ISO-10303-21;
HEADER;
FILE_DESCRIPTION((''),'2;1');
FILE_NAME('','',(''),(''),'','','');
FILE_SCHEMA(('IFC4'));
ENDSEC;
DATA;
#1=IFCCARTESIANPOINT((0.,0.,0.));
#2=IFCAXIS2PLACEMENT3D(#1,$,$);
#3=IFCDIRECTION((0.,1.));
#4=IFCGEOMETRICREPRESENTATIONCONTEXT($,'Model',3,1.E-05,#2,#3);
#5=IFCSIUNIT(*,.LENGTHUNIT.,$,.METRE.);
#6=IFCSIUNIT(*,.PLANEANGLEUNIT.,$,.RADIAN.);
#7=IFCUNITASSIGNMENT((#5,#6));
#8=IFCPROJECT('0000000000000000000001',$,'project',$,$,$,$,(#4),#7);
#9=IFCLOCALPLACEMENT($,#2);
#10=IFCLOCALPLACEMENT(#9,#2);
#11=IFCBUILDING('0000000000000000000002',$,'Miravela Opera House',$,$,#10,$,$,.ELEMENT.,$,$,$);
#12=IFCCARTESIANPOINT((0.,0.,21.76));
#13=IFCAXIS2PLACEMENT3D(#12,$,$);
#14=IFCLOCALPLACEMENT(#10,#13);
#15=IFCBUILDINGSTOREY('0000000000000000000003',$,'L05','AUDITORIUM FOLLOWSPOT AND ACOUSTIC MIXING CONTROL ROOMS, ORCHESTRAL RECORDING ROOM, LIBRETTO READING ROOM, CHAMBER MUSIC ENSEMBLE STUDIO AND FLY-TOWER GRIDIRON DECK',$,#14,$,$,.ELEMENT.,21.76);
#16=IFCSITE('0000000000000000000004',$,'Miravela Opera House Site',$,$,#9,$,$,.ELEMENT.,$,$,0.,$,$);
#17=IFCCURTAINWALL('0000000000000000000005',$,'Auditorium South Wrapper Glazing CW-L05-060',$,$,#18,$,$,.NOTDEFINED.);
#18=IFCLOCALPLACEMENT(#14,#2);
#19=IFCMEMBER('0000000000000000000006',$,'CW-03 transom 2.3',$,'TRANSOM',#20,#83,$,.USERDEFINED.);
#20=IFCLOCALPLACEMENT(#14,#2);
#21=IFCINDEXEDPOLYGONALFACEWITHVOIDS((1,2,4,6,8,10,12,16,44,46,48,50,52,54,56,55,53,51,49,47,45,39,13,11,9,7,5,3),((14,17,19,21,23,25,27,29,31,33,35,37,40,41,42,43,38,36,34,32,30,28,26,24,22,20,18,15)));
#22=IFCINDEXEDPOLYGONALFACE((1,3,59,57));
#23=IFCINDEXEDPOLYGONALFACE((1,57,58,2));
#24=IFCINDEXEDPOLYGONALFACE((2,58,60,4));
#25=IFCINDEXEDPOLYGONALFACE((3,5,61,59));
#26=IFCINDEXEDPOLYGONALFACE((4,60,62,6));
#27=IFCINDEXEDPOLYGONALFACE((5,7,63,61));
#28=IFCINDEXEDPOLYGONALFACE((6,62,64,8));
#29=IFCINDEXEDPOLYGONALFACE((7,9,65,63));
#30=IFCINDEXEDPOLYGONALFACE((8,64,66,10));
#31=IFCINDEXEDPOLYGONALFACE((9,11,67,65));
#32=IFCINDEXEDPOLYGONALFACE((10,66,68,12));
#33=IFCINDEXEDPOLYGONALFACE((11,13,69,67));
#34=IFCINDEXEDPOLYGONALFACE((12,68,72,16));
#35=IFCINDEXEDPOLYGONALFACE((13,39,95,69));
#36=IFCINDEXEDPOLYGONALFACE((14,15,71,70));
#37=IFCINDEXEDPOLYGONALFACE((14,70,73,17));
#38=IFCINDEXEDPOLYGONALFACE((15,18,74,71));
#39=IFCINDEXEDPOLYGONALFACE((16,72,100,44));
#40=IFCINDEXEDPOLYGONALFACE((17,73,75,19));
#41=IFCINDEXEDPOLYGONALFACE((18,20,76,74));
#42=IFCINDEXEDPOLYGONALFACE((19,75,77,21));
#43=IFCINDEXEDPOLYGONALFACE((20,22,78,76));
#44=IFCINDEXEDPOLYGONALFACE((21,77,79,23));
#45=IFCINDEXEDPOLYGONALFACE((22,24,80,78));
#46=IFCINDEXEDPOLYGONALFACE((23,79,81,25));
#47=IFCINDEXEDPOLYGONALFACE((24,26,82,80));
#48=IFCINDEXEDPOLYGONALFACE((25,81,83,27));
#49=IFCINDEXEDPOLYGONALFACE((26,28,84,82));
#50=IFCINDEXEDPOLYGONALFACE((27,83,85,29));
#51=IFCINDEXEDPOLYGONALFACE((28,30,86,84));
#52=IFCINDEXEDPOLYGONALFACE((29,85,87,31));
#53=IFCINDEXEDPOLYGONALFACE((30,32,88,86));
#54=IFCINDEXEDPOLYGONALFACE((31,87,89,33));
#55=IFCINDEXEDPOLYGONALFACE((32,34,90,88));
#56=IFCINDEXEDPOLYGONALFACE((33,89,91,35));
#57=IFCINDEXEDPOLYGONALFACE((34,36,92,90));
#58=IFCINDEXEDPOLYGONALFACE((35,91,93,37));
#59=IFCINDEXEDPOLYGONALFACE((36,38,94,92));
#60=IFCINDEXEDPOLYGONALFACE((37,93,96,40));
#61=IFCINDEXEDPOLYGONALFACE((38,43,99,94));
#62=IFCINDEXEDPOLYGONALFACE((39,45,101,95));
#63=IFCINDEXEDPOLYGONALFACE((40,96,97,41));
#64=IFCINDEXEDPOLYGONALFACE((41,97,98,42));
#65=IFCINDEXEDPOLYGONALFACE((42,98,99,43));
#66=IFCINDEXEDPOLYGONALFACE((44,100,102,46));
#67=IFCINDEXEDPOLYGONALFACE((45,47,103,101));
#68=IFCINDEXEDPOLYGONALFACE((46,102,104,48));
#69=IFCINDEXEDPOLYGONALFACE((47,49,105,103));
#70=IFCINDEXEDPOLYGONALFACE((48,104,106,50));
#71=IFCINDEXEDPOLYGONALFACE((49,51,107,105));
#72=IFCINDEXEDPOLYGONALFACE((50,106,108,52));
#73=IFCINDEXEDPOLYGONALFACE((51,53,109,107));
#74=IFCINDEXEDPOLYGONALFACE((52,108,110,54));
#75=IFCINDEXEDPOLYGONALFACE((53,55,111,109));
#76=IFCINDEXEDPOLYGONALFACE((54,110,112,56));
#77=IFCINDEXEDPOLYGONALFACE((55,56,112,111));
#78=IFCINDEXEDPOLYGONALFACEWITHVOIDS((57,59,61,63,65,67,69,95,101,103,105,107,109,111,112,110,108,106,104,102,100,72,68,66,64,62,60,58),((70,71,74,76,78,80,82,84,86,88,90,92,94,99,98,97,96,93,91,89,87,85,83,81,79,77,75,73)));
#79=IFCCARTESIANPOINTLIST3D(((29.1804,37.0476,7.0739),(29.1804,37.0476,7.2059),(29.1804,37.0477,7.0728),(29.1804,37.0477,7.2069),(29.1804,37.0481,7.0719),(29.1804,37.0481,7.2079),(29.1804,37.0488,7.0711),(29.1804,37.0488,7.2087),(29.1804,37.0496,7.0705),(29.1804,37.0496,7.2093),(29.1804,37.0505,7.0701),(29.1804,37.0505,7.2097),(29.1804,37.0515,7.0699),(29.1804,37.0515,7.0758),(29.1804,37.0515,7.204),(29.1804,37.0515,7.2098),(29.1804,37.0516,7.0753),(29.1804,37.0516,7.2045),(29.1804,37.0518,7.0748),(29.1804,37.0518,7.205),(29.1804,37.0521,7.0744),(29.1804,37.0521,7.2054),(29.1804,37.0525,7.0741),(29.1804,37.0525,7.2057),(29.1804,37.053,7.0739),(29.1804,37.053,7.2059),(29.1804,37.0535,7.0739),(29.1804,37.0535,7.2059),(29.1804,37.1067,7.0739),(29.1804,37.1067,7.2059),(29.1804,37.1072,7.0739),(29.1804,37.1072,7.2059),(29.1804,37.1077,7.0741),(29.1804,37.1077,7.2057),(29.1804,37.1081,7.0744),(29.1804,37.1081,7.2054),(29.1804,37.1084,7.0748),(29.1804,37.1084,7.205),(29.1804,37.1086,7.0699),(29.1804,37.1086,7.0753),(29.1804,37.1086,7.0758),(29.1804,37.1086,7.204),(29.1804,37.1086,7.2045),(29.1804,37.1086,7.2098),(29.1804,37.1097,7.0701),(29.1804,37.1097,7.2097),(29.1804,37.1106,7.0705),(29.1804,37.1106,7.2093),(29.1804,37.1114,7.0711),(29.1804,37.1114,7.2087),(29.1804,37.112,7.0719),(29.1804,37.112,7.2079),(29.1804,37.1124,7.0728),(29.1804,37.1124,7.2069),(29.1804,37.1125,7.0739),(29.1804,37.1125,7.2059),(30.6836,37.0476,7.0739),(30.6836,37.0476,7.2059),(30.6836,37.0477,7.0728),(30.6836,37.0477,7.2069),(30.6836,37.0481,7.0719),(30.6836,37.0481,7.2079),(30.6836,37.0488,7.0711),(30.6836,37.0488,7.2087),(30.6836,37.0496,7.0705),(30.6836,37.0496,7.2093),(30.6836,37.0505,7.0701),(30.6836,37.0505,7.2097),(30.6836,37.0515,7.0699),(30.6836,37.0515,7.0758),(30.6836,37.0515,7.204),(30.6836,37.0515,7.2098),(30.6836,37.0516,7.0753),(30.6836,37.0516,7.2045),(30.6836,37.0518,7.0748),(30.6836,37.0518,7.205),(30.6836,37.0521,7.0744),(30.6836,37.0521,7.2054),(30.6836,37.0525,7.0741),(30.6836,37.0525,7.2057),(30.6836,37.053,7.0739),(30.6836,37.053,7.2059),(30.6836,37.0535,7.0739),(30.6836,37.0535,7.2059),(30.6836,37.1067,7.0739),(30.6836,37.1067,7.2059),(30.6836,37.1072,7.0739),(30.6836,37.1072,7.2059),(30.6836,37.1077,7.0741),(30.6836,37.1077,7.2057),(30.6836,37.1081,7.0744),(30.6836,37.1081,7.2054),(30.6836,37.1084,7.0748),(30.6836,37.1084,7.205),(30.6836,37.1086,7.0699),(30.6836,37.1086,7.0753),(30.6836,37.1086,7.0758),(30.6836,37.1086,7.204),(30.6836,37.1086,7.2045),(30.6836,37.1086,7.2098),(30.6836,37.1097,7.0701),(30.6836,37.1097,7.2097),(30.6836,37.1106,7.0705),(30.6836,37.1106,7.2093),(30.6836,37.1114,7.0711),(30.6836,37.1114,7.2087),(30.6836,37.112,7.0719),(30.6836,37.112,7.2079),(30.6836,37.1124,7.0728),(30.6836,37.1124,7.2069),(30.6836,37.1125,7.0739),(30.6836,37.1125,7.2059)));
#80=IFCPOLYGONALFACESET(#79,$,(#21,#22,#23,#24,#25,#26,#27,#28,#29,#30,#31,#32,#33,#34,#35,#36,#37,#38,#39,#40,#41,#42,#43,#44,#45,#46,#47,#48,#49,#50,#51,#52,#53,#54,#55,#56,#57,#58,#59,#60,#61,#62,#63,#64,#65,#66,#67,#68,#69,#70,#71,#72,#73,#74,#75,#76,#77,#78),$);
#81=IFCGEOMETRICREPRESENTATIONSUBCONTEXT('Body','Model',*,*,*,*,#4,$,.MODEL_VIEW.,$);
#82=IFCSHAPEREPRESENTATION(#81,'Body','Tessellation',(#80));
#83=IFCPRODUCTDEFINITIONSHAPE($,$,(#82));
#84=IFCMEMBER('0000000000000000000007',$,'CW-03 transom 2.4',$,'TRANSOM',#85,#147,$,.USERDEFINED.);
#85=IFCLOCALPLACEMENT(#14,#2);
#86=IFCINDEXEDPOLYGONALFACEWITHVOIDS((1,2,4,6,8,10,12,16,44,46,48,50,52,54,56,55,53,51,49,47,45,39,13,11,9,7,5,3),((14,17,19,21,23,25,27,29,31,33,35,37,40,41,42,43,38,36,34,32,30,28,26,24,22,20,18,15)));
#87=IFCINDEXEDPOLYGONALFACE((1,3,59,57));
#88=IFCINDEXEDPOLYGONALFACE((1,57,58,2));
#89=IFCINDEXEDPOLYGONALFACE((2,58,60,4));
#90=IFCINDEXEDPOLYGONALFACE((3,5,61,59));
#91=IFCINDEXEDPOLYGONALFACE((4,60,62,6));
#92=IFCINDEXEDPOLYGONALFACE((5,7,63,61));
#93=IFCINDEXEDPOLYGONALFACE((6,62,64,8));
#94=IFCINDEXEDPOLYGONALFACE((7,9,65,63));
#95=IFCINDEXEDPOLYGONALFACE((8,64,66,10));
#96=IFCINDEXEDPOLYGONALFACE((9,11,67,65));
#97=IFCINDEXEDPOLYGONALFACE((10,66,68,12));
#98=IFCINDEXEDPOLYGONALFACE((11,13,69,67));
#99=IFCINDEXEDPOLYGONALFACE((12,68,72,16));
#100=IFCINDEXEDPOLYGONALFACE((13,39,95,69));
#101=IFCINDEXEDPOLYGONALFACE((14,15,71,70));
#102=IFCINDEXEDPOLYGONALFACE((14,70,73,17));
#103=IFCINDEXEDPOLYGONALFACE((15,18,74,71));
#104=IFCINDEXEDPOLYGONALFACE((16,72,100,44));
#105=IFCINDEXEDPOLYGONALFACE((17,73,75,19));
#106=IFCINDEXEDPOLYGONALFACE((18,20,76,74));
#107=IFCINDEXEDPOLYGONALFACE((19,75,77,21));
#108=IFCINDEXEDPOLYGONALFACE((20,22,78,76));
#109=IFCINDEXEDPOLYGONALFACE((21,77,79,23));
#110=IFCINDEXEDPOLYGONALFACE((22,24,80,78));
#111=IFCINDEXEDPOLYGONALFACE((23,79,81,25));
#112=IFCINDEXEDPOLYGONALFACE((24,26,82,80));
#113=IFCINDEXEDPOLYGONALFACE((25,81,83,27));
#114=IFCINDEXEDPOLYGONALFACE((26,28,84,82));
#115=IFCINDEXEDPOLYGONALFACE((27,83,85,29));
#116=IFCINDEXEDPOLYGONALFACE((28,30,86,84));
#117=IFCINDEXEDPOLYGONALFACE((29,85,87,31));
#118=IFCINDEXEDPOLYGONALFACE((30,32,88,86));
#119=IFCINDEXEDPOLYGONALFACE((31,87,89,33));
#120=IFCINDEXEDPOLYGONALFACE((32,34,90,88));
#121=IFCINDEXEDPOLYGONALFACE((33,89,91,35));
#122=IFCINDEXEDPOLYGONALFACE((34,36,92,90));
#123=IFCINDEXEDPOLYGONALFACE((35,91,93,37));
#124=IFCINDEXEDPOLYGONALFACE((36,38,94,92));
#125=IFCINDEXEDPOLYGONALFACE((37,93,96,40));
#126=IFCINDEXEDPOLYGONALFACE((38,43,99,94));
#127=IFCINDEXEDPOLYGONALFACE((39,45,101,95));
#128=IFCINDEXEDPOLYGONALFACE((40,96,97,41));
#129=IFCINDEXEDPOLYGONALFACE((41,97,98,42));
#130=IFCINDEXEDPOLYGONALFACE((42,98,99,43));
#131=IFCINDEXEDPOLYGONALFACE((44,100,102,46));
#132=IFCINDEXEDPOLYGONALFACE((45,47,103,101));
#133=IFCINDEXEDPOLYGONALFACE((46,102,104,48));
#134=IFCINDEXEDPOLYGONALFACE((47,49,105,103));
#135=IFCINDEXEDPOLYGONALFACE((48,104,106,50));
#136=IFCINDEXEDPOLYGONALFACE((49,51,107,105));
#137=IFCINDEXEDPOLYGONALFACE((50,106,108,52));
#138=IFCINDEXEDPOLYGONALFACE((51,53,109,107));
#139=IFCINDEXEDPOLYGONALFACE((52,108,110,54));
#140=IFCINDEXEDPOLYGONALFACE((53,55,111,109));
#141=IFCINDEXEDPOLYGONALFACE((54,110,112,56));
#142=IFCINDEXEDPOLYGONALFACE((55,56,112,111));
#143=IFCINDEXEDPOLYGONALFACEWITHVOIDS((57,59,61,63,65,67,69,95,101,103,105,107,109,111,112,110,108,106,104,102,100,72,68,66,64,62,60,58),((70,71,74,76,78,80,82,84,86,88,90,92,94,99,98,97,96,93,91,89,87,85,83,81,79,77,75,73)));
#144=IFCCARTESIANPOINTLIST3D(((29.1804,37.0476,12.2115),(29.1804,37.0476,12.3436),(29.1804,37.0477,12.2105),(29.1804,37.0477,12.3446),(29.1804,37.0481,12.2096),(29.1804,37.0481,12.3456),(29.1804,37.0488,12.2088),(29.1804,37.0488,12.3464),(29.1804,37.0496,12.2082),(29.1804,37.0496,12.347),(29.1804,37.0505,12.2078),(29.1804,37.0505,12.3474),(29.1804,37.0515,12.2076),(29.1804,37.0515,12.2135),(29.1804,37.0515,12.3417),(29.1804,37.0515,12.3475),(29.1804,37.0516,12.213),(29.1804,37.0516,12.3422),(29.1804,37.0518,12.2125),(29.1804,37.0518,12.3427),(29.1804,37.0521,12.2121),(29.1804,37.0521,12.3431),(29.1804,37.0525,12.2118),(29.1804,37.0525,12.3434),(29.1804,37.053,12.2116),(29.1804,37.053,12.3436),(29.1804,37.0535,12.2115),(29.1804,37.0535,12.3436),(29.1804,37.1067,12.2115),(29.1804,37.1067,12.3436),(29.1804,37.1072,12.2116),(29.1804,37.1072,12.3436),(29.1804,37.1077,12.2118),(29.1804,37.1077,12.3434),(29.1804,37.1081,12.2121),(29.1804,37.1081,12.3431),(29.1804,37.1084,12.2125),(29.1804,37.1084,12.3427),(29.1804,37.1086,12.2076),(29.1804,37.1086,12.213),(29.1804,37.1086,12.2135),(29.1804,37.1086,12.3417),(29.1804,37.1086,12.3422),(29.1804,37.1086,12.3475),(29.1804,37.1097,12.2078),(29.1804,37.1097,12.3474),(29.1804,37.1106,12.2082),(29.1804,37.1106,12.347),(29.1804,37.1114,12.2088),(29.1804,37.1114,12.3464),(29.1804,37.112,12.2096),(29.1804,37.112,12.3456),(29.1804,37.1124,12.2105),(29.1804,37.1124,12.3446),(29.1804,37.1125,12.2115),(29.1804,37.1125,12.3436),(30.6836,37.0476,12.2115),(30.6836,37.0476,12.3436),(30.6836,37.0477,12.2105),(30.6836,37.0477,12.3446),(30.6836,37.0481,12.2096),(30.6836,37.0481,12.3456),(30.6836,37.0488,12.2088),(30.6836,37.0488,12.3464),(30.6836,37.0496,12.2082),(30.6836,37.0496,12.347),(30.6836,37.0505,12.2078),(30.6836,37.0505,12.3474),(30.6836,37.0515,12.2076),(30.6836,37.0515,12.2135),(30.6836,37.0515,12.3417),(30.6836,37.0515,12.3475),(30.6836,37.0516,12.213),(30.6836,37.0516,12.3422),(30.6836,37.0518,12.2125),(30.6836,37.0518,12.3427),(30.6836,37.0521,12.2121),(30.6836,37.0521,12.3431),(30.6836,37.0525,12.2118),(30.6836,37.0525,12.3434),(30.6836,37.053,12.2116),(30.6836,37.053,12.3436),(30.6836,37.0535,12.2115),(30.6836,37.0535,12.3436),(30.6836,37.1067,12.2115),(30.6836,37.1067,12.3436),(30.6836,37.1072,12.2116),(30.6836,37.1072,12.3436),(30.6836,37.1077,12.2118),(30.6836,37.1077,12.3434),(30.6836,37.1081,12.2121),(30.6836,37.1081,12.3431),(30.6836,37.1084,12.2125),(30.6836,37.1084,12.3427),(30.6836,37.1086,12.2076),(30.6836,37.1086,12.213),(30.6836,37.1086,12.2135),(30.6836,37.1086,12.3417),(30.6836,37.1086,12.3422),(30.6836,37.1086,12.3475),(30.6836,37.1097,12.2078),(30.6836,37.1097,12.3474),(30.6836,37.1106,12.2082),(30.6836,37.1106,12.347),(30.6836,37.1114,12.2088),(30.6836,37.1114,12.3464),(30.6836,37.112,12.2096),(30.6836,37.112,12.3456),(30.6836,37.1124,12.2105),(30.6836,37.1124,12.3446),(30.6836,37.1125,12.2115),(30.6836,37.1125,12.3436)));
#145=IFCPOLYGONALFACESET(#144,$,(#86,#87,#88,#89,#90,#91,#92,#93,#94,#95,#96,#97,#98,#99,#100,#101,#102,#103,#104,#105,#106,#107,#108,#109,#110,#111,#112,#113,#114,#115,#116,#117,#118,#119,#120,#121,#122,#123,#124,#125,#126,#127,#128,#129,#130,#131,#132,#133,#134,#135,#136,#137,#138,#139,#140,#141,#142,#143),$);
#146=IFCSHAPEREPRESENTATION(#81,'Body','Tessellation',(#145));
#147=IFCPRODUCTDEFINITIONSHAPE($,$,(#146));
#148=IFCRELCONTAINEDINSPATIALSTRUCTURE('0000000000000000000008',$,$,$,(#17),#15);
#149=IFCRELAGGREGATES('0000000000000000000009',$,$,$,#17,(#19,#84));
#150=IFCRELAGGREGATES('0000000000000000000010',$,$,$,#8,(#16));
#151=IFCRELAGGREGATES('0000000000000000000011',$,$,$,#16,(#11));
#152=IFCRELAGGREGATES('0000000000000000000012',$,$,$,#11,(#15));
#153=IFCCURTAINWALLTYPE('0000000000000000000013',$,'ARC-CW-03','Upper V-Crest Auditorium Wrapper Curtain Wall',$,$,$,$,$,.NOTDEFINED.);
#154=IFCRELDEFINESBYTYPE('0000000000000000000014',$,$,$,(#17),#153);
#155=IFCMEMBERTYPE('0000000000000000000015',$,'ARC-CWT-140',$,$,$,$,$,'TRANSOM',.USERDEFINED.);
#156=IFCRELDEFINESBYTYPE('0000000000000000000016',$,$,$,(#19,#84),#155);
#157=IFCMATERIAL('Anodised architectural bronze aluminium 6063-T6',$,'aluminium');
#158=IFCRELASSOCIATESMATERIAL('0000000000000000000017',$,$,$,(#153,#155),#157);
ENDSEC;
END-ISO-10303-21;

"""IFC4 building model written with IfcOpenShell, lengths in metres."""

from ifc_helpers import new_model, si_unit, direction, frame, origin, origin_2d, place, context, subcontext, project, spatial, hollow_rectangle, extrude, material, material_profile, profile_set, type_object, element, aggregate, save


model = new_model("IFC4")

# Units and contexts
model_context = context("Model", 3, precision=1e-05, world=origin(), true_north=direction((0.0, 1.0)))
body_context = subcontext(model_context, "Body", "Model", "MODEL_VIEW")
ifc_project = project(units=[si_unit("LENGTHUNIT", "METRE"), si_unit("PLANEANGLEUNIT", "RADIAN")], contexts=[model_context])

# Site, building, storey
site_placement = place(None, origin())
site = spatial("IfcSite", under=ifc_project, at=site_placement, Name="Miravela Opera House Site", CompositionType="ELEMENT", RefElevation=0.0)
building_placement = place(site_placement, origin())
building = spatial("IfcBuilding", under=site, at=building_placement, Name="Miravela Opera House", CompositionType="ELEMENT")
storey_placement = place(building_placement, frame((0.0, 0.0, 21.76)))
storey = spatial("IfcBuildingStorey", under=building, at=storey_placement, Name="L05", Description="AUDITORIUM FOLLOWSPOT AND ACOUSTIC MIXING CONTROL ROOMS, ORCHESTRAL RECORDING ROOM, LIBRETTO READING ROOM, CHAMBER MUSIC ENSEMBLE STUDIO AND FLY-TOWER GRIDIRON DECK", CompositionType="ELEMENT", Elevation=21.76)

# Curtain wall, members
ifc_material_1 = material(Name="Anodised architectural bronze aluminium 6063-T6", Category="aluminium")
curtain_wall_type = type_object("IfcCurtainWallType", Name="ARC-CW-03", Description="Upper V-Crest Auditorium Wrapper Curtain Wall", PredefinedType="NOTDEFINED", material=ifc_material_1)
curtain_wall_placement = place(storey_placement, origin())
curtain_wall = element("IfcCurtainWall", 1, at=curtain_wall_placement, inside=storey, type_object=curtain_wall_type, Name="Auditorium South Wrapper Glazing CW-L05-060", PredefinedType="NOTDEFINED")
ifc_material_profile_1 = material_profile(ifc_material_1, hollow_rectangle(XDim=0.0649, YDim=0.1399, WallThickness=0.0039, InnerFilletRadius=0.002, OuterFilletRadius=0.0039, at=origin_2d()), Name="CWT-65X140")
ifc_profile_set_1 = profile_set([ifc_material_profile_1])
member_type_1 = type_object("IfcMemberType", Name="ARC-CWT-140", ElementType="TRANSOM", PredefinedType="USERDEFINED", material=ifc_profile_set_1)
member_1_placement = place(storey_placement, frame((29.1804, 37.0801, 7.1399), z_axis=(1.0, 0.0, 0.0), x_axis=(0.0, 1.0, 0.0)))
member_1 = element("IfcMember", 2, at=member_1_placement, type_object=member_type_1, Name="CW-03 transom 2.3", ObjectType="TRANSOM", PredefinedType="USERDEFINED", context=body_context, shape_type="SweptSolid", body=[
    extrude(hollow_rectangle(XDim=0.0649, YDim=0.1399, WallThickness=0.0039, InnerFilletRadius=0.002, OuterFilletRadius=0.0039, at=origin_2d()), origin(), (0.0, 0.0, 1.0), 1.5032),
])
member_2_placement = place(storey_placement, frame((29.1804, 37.0801, 12.2776), z_axis=(1.0, 0.0, 0.0), x_axis=(0.0, 1.0, 0.0)))
member_2 = element("IfcMember", 3, at=member_2_placement, type_object=member_type_1, Name="CW-03 transom 2.4", ObjectType="TRANSOM", PredefinedType="USERDEFINED", context=body_context, shape_type="SweptSolid", body=[
    extrude(hollow_rectangle(XDim=0.0649, YDim=0.1399, WallThickness=0.0039, InnerFilletRadius=0.002, OuterFilletRadius=0.0039, at=origin_2d()), origin(), (0.0, 0.0, 1.0), 1.5032),
])

aggregate(curtain_wall, [member_1, member_2])

save(model, "model.ifc")
